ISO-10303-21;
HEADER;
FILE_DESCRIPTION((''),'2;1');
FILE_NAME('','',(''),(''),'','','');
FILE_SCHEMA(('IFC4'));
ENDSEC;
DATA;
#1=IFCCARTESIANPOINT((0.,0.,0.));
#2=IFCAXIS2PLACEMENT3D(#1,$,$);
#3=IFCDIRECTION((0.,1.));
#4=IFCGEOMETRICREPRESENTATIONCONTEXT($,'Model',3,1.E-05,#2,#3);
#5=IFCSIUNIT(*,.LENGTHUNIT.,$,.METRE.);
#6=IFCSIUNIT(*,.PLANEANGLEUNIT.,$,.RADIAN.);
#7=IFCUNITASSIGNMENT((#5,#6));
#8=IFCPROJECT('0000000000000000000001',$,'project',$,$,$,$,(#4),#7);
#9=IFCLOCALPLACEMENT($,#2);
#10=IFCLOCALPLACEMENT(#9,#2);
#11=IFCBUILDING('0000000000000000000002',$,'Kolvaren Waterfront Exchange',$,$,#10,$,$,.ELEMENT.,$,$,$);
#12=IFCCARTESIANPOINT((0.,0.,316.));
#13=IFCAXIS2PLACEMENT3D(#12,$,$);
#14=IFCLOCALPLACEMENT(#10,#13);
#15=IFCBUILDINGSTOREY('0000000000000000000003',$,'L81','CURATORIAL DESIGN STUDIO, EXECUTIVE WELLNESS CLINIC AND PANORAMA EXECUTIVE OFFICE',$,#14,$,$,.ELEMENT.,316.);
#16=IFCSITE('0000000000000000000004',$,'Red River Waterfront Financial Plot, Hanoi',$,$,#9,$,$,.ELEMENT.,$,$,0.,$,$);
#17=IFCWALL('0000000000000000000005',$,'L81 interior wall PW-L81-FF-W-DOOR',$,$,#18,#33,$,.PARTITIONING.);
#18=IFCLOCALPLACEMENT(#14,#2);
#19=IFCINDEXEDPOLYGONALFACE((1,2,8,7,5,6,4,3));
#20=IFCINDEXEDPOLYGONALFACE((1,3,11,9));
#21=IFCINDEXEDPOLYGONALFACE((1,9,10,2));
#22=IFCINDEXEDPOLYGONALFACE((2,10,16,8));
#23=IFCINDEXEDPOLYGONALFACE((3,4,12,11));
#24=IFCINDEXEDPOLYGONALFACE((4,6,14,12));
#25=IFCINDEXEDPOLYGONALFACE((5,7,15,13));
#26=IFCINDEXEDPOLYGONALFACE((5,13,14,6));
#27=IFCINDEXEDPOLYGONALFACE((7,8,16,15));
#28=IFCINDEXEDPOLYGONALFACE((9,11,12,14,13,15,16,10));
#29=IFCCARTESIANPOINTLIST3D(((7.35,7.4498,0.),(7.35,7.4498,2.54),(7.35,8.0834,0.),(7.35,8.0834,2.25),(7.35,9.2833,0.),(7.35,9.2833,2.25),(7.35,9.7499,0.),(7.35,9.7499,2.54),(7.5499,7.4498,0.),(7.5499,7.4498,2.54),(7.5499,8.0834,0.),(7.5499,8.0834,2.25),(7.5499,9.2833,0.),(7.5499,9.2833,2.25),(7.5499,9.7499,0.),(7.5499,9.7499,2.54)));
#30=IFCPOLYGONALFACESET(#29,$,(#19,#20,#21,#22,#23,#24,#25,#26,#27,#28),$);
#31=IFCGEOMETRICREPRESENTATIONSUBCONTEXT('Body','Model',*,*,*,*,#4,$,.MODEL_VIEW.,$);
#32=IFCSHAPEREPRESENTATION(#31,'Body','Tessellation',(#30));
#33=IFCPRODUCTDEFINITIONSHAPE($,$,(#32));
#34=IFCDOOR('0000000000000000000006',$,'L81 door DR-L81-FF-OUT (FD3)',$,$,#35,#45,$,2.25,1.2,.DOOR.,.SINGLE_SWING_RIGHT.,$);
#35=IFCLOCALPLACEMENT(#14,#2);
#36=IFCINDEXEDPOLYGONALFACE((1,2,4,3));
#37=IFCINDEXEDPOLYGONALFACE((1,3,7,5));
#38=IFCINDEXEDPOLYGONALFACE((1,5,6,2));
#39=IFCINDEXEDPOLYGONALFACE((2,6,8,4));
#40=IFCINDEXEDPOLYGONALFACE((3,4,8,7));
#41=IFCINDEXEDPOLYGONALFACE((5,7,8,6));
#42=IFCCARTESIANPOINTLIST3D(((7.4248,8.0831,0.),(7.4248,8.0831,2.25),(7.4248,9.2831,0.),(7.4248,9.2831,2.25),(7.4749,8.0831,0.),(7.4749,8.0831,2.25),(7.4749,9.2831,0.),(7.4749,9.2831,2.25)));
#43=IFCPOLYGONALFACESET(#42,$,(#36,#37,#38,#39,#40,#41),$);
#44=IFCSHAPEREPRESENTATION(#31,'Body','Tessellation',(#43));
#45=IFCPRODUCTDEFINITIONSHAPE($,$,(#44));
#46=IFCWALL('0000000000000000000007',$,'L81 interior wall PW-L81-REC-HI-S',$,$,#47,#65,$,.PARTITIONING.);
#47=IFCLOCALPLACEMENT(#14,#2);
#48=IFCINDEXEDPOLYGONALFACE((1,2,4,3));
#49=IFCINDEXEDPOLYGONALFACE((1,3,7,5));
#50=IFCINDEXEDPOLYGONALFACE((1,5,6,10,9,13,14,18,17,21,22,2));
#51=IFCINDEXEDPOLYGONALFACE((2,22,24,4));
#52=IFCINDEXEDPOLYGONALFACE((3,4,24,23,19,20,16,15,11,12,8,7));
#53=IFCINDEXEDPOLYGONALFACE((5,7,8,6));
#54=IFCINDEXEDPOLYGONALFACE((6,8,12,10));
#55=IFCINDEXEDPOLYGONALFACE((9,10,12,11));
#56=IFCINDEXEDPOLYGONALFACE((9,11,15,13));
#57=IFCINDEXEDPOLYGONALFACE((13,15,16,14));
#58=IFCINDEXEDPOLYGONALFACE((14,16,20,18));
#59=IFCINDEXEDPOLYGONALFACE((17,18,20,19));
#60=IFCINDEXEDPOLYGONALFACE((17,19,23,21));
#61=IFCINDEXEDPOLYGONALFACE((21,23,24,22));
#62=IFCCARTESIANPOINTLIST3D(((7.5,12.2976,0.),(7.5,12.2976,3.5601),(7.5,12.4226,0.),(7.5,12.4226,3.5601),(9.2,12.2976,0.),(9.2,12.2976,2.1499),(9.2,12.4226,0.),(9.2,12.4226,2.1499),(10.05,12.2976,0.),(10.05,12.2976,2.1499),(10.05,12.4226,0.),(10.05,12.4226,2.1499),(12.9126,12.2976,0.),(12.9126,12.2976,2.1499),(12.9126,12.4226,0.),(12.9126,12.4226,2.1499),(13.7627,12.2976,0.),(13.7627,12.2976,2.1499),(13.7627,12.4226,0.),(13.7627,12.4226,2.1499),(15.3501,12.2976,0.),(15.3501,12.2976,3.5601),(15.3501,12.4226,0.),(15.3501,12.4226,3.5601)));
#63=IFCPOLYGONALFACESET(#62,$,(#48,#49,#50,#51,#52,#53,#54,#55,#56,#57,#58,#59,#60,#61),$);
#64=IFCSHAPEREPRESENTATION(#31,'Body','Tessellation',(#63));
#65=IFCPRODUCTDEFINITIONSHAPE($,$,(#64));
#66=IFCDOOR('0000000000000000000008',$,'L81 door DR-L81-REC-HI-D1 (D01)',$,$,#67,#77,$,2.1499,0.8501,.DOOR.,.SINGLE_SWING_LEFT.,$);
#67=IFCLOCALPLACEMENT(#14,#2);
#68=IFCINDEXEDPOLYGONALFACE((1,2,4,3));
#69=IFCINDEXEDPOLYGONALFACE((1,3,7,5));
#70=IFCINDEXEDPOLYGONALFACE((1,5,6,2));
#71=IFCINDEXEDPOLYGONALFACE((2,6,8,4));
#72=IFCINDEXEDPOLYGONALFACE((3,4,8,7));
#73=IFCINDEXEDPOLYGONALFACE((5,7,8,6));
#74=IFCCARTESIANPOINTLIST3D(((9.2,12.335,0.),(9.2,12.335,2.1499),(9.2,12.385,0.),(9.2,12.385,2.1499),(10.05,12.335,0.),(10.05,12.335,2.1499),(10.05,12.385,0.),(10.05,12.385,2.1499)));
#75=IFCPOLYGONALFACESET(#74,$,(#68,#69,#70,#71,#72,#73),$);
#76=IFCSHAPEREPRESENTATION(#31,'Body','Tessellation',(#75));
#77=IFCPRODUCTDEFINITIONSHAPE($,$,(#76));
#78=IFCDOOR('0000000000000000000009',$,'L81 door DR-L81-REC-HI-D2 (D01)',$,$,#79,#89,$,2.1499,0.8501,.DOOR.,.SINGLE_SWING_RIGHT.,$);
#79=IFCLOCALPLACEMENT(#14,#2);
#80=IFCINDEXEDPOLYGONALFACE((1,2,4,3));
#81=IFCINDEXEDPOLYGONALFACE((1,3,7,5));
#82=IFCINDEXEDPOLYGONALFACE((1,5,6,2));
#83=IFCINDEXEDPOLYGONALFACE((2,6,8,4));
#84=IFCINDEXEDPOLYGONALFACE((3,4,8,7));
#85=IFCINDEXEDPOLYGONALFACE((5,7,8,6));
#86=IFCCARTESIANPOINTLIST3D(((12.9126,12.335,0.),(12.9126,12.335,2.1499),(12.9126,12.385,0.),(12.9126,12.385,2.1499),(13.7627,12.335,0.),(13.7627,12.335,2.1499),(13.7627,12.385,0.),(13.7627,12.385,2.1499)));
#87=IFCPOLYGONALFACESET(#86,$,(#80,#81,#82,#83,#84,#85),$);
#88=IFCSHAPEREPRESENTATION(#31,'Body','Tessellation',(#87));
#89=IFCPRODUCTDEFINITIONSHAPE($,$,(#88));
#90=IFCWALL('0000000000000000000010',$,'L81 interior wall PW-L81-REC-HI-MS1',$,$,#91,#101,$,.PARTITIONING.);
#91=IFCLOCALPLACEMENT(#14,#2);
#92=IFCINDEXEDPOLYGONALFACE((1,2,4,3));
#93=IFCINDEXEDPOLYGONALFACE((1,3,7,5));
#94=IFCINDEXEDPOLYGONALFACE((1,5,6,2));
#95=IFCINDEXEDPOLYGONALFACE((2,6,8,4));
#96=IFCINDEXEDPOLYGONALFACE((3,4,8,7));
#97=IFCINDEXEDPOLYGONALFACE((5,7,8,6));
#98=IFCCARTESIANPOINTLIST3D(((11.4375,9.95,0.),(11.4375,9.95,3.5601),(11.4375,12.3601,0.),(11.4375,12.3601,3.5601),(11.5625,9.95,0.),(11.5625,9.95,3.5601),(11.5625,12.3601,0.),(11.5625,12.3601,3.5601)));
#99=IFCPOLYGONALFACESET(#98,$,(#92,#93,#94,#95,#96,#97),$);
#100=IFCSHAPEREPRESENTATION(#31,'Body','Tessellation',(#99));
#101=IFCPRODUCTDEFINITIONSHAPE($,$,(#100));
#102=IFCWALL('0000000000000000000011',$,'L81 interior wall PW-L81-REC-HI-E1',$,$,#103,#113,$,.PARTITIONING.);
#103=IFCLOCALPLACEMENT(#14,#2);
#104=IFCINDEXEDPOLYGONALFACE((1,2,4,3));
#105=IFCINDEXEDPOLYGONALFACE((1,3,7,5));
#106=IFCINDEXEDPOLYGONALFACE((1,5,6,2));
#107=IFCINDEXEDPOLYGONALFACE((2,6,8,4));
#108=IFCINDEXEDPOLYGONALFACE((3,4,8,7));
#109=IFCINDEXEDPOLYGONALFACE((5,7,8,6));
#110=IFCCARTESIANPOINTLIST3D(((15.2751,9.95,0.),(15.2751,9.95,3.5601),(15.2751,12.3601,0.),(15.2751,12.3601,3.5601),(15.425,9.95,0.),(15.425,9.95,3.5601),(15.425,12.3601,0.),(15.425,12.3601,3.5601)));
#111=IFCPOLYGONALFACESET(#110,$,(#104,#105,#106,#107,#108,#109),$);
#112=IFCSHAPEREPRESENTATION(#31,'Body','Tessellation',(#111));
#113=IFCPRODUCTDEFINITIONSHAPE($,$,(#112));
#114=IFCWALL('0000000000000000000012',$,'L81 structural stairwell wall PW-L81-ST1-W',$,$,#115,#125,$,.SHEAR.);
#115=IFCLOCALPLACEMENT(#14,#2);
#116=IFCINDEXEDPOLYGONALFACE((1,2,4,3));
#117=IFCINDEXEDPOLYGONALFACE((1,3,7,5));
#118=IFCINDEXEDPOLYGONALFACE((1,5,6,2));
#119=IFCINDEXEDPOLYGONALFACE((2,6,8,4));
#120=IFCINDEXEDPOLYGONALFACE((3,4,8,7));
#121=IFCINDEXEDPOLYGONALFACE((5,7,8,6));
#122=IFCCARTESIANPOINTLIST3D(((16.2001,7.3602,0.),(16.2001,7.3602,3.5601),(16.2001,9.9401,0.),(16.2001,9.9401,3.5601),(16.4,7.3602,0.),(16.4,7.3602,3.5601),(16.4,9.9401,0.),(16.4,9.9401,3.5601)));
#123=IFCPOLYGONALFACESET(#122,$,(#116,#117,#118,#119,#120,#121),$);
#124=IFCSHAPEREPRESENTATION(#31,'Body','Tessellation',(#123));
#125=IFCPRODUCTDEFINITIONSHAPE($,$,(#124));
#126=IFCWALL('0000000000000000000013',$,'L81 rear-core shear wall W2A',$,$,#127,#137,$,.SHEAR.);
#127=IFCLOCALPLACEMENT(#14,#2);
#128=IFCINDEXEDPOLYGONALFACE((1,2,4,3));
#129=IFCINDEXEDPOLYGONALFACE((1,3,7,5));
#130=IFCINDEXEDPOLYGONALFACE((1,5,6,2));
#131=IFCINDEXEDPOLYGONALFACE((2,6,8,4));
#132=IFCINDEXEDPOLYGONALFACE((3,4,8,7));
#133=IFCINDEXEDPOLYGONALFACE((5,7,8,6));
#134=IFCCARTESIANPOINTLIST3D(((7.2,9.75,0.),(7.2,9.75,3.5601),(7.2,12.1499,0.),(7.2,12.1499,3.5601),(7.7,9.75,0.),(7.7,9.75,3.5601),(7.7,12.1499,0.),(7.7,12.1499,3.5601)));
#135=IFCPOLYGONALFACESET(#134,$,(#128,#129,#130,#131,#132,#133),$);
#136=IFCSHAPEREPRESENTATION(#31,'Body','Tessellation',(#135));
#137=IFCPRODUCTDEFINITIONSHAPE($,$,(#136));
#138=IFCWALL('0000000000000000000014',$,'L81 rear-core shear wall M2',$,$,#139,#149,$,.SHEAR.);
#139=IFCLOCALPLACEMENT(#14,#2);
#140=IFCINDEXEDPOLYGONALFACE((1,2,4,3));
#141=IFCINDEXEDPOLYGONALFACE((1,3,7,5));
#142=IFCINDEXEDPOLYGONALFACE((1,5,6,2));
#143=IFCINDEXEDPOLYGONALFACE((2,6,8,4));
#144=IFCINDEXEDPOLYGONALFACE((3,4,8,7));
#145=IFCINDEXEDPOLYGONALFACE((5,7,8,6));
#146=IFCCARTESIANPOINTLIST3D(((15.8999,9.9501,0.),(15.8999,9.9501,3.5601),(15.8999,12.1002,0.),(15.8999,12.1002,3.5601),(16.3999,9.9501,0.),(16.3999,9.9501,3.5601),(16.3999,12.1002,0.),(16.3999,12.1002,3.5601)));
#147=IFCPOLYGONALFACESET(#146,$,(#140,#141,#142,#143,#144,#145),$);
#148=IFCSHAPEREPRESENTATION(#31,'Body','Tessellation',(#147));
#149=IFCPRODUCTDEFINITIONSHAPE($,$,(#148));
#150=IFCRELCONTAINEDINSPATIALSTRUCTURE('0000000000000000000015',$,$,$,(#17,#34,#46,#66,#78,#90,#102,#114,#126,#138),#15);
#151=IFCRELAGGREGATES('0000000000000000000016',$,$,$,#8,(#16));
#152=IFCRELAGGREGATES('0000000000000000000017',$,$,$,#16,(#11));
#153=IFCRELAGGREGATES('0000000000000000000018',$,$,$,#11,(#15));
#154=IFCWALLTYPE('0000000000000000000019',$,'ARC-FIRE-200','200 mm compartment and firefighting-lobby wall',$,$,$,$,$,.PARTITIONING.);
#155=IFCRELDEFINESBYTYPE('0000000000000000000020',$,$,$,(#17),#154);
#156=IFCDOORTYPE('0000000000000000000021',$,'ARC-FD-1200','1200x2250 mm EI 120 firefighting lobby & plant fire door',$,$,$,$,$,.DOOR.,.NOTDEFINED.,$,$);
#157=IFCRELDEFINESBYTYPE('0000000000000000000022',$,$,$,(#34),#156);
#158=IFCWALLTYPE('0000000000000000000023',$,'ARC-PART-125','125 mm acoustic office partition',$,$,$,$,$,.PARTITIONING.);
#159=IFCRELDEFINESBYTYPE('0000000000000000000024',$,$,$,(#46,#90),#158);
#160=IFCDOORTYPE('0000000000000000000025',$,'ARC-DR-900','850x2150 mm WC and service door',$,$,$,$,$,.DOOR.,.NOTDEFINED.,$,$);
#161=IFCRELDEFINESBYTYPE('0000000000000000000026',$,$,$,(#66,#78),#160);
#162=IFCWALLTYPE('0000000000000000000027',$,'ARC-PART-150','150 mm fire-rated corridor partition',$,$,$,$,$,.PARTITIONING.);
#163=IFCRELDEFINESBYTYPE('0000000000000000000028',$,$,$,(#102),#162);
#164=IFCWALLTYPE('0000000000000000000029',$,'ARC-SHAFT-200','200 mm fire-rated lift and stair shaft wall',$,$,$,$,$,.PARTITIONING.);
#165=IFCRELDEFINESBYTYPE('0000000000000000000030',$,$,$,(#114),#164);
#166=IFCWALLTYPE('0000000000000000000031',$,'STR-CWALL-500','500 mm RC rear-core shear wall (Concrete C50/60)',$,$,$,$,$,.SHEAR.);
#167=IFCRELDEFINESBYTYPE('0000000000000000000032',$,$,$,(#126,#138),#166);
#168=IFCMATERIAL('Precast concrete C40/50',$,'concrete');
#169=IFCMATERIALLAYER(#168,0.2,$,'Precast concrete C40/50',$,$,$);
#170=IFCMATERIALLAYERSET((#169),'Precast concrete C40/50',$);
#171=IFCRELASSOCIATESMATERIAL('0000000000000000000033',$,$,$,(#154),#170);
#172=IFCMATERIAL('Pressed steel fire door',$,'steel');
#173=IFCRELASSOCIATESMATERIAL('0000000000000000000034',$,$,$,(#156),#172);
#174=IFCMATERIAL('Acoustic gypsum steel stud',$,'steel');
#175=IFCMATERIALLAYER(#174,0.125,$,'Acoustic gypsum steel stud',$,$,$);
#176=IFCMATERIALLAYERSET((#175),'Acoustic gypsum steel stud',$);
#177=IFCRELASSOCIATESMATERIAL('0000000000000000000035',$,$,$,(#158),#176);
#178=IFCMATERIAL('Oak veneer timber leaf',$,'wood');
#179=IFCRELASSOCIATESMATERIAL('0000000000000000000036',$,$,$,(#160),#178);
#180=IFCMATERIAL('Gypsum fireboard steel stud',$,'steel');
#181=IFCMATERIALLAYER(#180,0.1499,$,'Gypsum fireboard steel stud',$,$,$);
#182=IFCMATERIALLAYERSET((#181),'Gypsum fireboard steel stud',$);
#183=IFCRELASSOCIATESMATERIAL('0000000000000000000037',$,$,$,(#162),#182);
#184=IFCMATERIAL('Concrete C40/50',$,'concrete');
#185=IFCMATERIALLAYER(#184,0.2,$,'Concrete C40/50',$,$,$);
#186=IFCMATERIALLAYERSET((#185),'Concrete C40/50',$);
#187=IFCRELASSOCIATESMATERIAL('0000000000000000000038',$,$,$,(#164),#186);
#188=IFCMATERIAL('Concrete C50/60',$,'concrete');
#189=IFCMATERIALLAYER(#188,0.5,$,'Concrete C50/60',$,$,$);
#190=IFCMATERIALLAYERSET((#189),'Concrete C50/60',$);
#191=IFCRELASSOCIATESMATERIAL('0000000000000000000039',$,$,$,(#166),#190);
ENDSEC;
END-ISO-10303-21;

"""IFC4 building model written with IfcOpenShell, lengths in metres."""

from ifc_helpers import new_model, si_unit, direction, frame, frame_2d, origin, place, context, subcontext, project, spatial, rectangle, extrude, material, layer, layer_set, type_object, element, fill, save


model = new_model("IFC4")

# Units and contexts
model_context = context("Model", 3, precision=1e-05, world=origin(), true_north=direction((0.0, 1.0)))
body_context = subcontext(model_context, "Body", "Model", "MODEL_VIEW")
ifc_project = project(units=[si_unit("LENGTHUNIT", "METRE"), si_unit("PLANEANGLEUNIT", "RADIAN")], contexts=[model_context])

# Site, building, storey
site_placement = place(None, origin())
site = spatial("IfcSite", under=ifc_project, at=site_placement, Name="Red River Waterfront Financial Plot, Hanoi", CompositionType="ELEMENT", RefElevation=0.0)
building_placement = place(site_placement, origin())
building = spatial("IfcBuilding", under=site, at=building_placement, Name="Kolvaren Waterfront Exchange", CompositionType="ELEMENT")
storey_placement = place(building_placement, frame((0.0, 0.0, 316.0)))
storey = spatial("IfcBuildingStorey", under=building, at=storey_placement, Name="L81", Description="CURATORIAL DESIGN STUDIO, EXECUTIVE WELLNESS CLINIC AND PANORAMA EXECUTIVE OFFICE", CompositionType="ELEMENT", Elevation=316.0)

# Shared definitions
ifc_material_1 = material(Name="Precast concrete C40/50", Category="concrete")
ifc_layer_1 = layer(ifc_material_1, 0.2, Name="Precast concrete C40/50")
ifc_layer_set_1 = layer_set([ifc_layer_1], Name="Precast concrete C40/50")
wall_type_1 = type_object("IfcWallType", Name="ARC-FIRE-200", Description="200 mm compartment and firefighting-lobby wall", PredefinedType="PARTITIONING", material=ifc_layer_set_1)

# Wall, opening, door
wall_1_placement = place(storey_placement, frame((7.45, 7.45, 0.0), z_axis=(0.0, 0.0, 1.0), x_axis=(0.0, 1.0, 0.0)))
wall_1 = element("IfcWall", 1, at=wall_1_placement, inside=storey, type_object=wall_type_1, Name="L81 interior wall PW-L81-FF-W-DOOR", PredefinedType="PARTITIONING", context=body_context, shape_type="SweptSolid", body=[
    extrude(rectangle(XDim=2.3, YDim=0.2, at=frame_2d((1.1499, 0.0))), origin(), (0.0, 0.0, 1.0), 2.54),
])
opening_1_placement = place(wall_1_placement, frame((0.6333, 0.0, 0.0)))
opening_1 = element("IfcOpeningElement", 2, at=opening_1_placement, cuts=wall_1, PredefinedType="OPENING", context=body_context, shape_type="SweptSolid", body=[
    extrude(rectangle(XDim=1.2, YDim=2.25, at=frame_2d((0.6001, 1.125))), frame((0.0, 0.1099, 0.0), z_axis=(0.0, -1.0, 0.0), x_axis=(1.0, 0.0, 0.0)), (0.0, 0.0, 1.0), 0.22),
])
ifc_material_2 = material(Name="Pressed steel fire door", Category="steel")
door_type_1 = type_object("IfcDoorType", Name="ARC-FD-1200", Description="1200x2250 mm EI 120 firefighting lobby & plant fire door", OperationType="NOTDEFINED", PredefinedType="DOOR", material=ifc_material_2)
door_1_placement = place(opening_1_placement, frame((1.2, 0.0, 0.0), z_axis=(0.0, 0.0, 1.0), x_axis=(-1.0, 0.0, 0.0)))
door_1 = element("IfcDoor", 3, at=door_1_placement, inside=storey, type_object=door_type_1, Name="L81 door DR-L81-FF-OUT (FD3)", OperationType="SINGLE_SWING_RIGHT", OverallHeight=2.25, OverallWidth=1.2, PredefinedType="DOOR", context=body_context, shape_type="SweptSolid", body=[
    extrude(rectangle(XDim=1.2, YDim=2.25, at=frame_2d((0.6001, 1.125))), frame((0.0, 0.0249, 0.0), z_axis=(0.0, -1.0, 0.0), x_axis=(1.0, 0.0, 0.0)), (0.0, 0.0, 1.0), 0.05),
])
fill(opening_1, door_1)

# Wall, openings, doors
ifc_material_3 = material(Name="Acoustic gypsum steel stud", Category="steel")
ifc_layer_2 = layer(ifc_material_3, 0.125, Name="Acoustic gypsum steel stud")
ifc_layer_set_2 = layer_set([ifc_layer_2], Name="Acoustic gypsum steel stud")
wall_type_2 = type_object("IfcWallType", Name="ARC-PART-125", Description="125 mm acoustic office partition", PredefinedType="PARTITIONING", material=ifc_layer_set_2)
wall_2_placement = place(storey_placement, frame((7.5, 12.3601, 0.0), z_axis=(0.0, 0.0, 1.0), x_axis=(1.0, 0.0, 0.0)))
wall_2 = element("IfcWall", 4, at=wall_2_placement, inside=storey, type_object=wall_type_2, Name="L81 interior wall PW-L81-REC-HI-S", PredefinedType="PARTITIONING", context=body_context, shape_type="SweptSolid", body=[
    extrude(rectangle(XDim=7.8501, YDim=0.125, at=frame_2d((3.925, 0.0))), origin(), (0.0, 0.0, 1.0), 3.5601),
])
opening_2_placement = place(wall_2_placement, frame((1.7, 0.0, 0.0)))
opening_2 = element("IfcOpeningElement", 5, at=opening_2_placement, cuts=wall_2, PredefinedType="OPENING", context=body_context, shape_type="SweptSolid", body=[
    extrude(rectangle(XDim=0.8501, YDim=2.1499, at=frame_2d((0.425, 1.075))), frame((0.0, 0.0725, 0.0), z_axis=(0.0, -1.0, 0.0), x_axis=(1.0, 0.0, 0.0)), (0.0, 0.0, 1.0), 0.145),
])
opening_3_placement = place(wall_2_placement, frame((5.4126, 0.0, 0.0)))
opening_3 = element("IfcOpeningElement", 6, at=opening_3_placement, cuts=wall_2, PredefinedType="OPENING", context=body_context, shape_type="SweptSolid", body=[
    extrude(rectangle(XDim=0.8501, YDim=2.1499, at=frame_2d((0.425, 1.075))), frame((0.0, 0.0725, 0.0), z_axis=(0.0, -1.0, 0.0), x_axis=(1.0, 0.0, 0.0)), (0.0, 0.0, 1.0), 0.145),
])
ifc_material_4 = material(Name="Oak veneer timber leaf", Category="wood")
door_type_2 = type_object("IfcDoorType", Name="ARC-DR-900", Description="850x2150 mm WC and service door", OperationType="NOTDEFINED", PredefinedType="DOOR", material=ifc_material_4)
door_2_placement = place(opening_2_placement, origin())
door_2 = element("IfcDoor", 7, at=door_2_placement, inside=storey, type_object=door_type_2, Name="L81 door DR-L81-REC-HI-D1 (D01)", OperationType="SINGLE_SWING_LEFT", OverallHeight=2.1499, OverallWidth=0.8501, PredefinedType="DOOR", context=body_context, shape_type="SweptSolid", body=[
    extrude(rectangle(XDim=0.8501, YDim=2.1499, at=frame_2d((0.425, 1.075))), frame((0.0, 0.0249, 0.0), z_axis=(0.0, -1.0, 0.0), x_axis=(1.0, 0.0, 0.0)), (0.0, 0.0, 1.0), 0.05),
])
fill(opening_2, door_2)
door_3_placement = place(opening_3_placement, origin())
door_3 = element("IfcDoor", 8, at=door_3_placement, inside=storey, type_object=door_type_2, Name="L81 door DR-L81-REC-HI-D2 (D01)", OperationType="SINGLE_SWING_RIGHT", OverallHeight=2.1499, OverallWidth=0.8501, PredefinedType="DOOR", context=body_context, shape_type="SweptSolid", body=[
    extrude(rectangle(XDim=0.8501, YDim=2.1499, at=frame_2d((0.425, 1.075))), frame((0.0, 0.0249, 0.0), z_axis=(0.0, -1.0, 0.0), x_axis=(1.0, 0.0, 0.0)), (0.0, 0.0, 1.0), 0.05),
])
fill(opening_3, door_3)

# Walls
wall_3_placement = place(storey_placement, frame((11.5, 9.95, 0.0), z_axis=(0.0, 0.0, 1.0), x_axis=(0.0, 1.0, 0.0)))
element("IfcWall", 9, at=wall_3_placement, inside=storey, type_object=wall_type_2, Name="L81 interior wall PW-L81-REC-HI-MS1", PredefinedType="PARTITIONING", context=body_context, shape_type="SweptSolid", body=[
    extrude(rectangle(XDim=2.4102, YDim=0.125, at=frame_2d((1.2051, 0.0))), origin(), (0.0, 0.0, 1.0), 3.5601),
])
ifc_material_5 = material(Name="Gypsum fireboard steel stud", Category="steel")
ifc_layer_3 = layer(ifc_material_5, 0.1499, Name="Gypsum fireboard steel stud")
ifc_layer_set_3 = layer_set([ifc_layer_3], Name="Gypsum fireboard steel stud")
wall_type_3 = type_object("IfcWallType", Name="ARC-PART-150", Description="150 mm fire-rated corridor partition", PredefinedType="PARTITIONING", material=ifc_layer_set_3)
wall_4_placement = place(storey_placement, frame((15.3501, 9.95, 0.0), z_axis=(0.0, 0.0, 1.0), x_axis=(0.0, 1.0, 0.0)))
element("IfcWall", 10, at=wall_4_placement, inside=storey, type_object=wall_type_3, Name="L81 interior wall PW-L81-REC-HI-E1", PredefinedType="PARTITIONING", context=body_context, shape_type="SweptSolid", body=[
    extrude(rectangle(XDim=2.4102, YDim=0.1499, at=frame_2d((1.2051, 0.0))), origin(), (0.0, 0.0, 1.0), 3.5601),
])
ifc_material_6 = material(Name="Concrete C40/50", Category="concrete")
ifc_layer_4 = layer(ifc_material_6, 0.2, Name="Concrete C40/50")
ifc_layer_set_4 = layer_set([ifc_layer_4], Name="Concrete C40/50")
wall_type_4 = type_object("IfcWallType", Name="ARC-SHAFT-200", Description="200 mm fire-rated lift and stair shaft wall", PredefinedType="PARTITIONING", material=ifc_layer_set_4)
wall_5_placement = place(storey_placement, frame((16.3, 7.3601, 0.0), z_axis=(0.0, 0.0, 1.0), x_axis=(0.0, 1.0, 0.0)))
element("IfcWall", 11, at=wall_5_placement, inside=storey, type_object=wall_type_4, Name="L81 structural stairwell wall PW-L81-ST1-W", PredefinedType="SHEAR", context=body_context, shape_type="SweptSolid", body=[
    extrude(rectangle(XDim=2.5798, YDim=0.2, at=frame_2d((1.29, 0.0))), origin(), (0.0, 0.0, 1.0), 3.5601),
])
ifc_material_7 = material(Name="Concrete C50/60", Category="concrete")
ifc_layer_5 = layer(ifc_material_7, 0.5, Name="Concrete C50/60")
ifc_layer_set_5 = layer_set([ifc_layer_5], Name="Concrete C50/60")
wall_type_5 = type_object("IfcWallType", Name="STR-CWALL-500", Description="500 mm RC rear-core shear wall (Concrete C50/60)", PredefinedType="SHEAR", material=ifc_layer_set_5)
wall_6_placement = place(storey_placement, frame((7.45, 9.75, 0.0), z_axis=(0.0, 0.0, 1.0), x_axis=(0.0, 1.0, 0.0)))
element("IfcWall", 12, at=wall_6_placement, inside=storey, type_object=wall_type_5, Name="L81 rear-core shear wall W2A", PredefinedType="SHEAR", context=body_context, shape_type="SweptSolid", body=[
    extrude(rectangle(XDim=2.3999, YDim=0.5, at=frame_2d((1.2, 0.0))), origin(), (0.0, 0.0, 1.0), 3.5601),
])
wall_7_placement = place(storey_placement, frame((16.1499, 9.95, 0.0), z_axis=(0.0, 0.0, 1.0), x_axis=(0.0, 1.0, 0.0)))
element("IfcWall", 13, at=wall_7_placement, inside=storey, type_object=wall_type_5, Name="L81 rear-core shear wall M2", PredefinedType="SHEAR", context=body_context, shape_type="SweptSolid", body=[
    extrude(rectangle(XDim=2.1501, YDim=0.5, at=frame_2d((1.0752, 0.0))), origin(), (0.0, 0.0, 1.0), 3.5601),
])

save(model, "model.ifc")
